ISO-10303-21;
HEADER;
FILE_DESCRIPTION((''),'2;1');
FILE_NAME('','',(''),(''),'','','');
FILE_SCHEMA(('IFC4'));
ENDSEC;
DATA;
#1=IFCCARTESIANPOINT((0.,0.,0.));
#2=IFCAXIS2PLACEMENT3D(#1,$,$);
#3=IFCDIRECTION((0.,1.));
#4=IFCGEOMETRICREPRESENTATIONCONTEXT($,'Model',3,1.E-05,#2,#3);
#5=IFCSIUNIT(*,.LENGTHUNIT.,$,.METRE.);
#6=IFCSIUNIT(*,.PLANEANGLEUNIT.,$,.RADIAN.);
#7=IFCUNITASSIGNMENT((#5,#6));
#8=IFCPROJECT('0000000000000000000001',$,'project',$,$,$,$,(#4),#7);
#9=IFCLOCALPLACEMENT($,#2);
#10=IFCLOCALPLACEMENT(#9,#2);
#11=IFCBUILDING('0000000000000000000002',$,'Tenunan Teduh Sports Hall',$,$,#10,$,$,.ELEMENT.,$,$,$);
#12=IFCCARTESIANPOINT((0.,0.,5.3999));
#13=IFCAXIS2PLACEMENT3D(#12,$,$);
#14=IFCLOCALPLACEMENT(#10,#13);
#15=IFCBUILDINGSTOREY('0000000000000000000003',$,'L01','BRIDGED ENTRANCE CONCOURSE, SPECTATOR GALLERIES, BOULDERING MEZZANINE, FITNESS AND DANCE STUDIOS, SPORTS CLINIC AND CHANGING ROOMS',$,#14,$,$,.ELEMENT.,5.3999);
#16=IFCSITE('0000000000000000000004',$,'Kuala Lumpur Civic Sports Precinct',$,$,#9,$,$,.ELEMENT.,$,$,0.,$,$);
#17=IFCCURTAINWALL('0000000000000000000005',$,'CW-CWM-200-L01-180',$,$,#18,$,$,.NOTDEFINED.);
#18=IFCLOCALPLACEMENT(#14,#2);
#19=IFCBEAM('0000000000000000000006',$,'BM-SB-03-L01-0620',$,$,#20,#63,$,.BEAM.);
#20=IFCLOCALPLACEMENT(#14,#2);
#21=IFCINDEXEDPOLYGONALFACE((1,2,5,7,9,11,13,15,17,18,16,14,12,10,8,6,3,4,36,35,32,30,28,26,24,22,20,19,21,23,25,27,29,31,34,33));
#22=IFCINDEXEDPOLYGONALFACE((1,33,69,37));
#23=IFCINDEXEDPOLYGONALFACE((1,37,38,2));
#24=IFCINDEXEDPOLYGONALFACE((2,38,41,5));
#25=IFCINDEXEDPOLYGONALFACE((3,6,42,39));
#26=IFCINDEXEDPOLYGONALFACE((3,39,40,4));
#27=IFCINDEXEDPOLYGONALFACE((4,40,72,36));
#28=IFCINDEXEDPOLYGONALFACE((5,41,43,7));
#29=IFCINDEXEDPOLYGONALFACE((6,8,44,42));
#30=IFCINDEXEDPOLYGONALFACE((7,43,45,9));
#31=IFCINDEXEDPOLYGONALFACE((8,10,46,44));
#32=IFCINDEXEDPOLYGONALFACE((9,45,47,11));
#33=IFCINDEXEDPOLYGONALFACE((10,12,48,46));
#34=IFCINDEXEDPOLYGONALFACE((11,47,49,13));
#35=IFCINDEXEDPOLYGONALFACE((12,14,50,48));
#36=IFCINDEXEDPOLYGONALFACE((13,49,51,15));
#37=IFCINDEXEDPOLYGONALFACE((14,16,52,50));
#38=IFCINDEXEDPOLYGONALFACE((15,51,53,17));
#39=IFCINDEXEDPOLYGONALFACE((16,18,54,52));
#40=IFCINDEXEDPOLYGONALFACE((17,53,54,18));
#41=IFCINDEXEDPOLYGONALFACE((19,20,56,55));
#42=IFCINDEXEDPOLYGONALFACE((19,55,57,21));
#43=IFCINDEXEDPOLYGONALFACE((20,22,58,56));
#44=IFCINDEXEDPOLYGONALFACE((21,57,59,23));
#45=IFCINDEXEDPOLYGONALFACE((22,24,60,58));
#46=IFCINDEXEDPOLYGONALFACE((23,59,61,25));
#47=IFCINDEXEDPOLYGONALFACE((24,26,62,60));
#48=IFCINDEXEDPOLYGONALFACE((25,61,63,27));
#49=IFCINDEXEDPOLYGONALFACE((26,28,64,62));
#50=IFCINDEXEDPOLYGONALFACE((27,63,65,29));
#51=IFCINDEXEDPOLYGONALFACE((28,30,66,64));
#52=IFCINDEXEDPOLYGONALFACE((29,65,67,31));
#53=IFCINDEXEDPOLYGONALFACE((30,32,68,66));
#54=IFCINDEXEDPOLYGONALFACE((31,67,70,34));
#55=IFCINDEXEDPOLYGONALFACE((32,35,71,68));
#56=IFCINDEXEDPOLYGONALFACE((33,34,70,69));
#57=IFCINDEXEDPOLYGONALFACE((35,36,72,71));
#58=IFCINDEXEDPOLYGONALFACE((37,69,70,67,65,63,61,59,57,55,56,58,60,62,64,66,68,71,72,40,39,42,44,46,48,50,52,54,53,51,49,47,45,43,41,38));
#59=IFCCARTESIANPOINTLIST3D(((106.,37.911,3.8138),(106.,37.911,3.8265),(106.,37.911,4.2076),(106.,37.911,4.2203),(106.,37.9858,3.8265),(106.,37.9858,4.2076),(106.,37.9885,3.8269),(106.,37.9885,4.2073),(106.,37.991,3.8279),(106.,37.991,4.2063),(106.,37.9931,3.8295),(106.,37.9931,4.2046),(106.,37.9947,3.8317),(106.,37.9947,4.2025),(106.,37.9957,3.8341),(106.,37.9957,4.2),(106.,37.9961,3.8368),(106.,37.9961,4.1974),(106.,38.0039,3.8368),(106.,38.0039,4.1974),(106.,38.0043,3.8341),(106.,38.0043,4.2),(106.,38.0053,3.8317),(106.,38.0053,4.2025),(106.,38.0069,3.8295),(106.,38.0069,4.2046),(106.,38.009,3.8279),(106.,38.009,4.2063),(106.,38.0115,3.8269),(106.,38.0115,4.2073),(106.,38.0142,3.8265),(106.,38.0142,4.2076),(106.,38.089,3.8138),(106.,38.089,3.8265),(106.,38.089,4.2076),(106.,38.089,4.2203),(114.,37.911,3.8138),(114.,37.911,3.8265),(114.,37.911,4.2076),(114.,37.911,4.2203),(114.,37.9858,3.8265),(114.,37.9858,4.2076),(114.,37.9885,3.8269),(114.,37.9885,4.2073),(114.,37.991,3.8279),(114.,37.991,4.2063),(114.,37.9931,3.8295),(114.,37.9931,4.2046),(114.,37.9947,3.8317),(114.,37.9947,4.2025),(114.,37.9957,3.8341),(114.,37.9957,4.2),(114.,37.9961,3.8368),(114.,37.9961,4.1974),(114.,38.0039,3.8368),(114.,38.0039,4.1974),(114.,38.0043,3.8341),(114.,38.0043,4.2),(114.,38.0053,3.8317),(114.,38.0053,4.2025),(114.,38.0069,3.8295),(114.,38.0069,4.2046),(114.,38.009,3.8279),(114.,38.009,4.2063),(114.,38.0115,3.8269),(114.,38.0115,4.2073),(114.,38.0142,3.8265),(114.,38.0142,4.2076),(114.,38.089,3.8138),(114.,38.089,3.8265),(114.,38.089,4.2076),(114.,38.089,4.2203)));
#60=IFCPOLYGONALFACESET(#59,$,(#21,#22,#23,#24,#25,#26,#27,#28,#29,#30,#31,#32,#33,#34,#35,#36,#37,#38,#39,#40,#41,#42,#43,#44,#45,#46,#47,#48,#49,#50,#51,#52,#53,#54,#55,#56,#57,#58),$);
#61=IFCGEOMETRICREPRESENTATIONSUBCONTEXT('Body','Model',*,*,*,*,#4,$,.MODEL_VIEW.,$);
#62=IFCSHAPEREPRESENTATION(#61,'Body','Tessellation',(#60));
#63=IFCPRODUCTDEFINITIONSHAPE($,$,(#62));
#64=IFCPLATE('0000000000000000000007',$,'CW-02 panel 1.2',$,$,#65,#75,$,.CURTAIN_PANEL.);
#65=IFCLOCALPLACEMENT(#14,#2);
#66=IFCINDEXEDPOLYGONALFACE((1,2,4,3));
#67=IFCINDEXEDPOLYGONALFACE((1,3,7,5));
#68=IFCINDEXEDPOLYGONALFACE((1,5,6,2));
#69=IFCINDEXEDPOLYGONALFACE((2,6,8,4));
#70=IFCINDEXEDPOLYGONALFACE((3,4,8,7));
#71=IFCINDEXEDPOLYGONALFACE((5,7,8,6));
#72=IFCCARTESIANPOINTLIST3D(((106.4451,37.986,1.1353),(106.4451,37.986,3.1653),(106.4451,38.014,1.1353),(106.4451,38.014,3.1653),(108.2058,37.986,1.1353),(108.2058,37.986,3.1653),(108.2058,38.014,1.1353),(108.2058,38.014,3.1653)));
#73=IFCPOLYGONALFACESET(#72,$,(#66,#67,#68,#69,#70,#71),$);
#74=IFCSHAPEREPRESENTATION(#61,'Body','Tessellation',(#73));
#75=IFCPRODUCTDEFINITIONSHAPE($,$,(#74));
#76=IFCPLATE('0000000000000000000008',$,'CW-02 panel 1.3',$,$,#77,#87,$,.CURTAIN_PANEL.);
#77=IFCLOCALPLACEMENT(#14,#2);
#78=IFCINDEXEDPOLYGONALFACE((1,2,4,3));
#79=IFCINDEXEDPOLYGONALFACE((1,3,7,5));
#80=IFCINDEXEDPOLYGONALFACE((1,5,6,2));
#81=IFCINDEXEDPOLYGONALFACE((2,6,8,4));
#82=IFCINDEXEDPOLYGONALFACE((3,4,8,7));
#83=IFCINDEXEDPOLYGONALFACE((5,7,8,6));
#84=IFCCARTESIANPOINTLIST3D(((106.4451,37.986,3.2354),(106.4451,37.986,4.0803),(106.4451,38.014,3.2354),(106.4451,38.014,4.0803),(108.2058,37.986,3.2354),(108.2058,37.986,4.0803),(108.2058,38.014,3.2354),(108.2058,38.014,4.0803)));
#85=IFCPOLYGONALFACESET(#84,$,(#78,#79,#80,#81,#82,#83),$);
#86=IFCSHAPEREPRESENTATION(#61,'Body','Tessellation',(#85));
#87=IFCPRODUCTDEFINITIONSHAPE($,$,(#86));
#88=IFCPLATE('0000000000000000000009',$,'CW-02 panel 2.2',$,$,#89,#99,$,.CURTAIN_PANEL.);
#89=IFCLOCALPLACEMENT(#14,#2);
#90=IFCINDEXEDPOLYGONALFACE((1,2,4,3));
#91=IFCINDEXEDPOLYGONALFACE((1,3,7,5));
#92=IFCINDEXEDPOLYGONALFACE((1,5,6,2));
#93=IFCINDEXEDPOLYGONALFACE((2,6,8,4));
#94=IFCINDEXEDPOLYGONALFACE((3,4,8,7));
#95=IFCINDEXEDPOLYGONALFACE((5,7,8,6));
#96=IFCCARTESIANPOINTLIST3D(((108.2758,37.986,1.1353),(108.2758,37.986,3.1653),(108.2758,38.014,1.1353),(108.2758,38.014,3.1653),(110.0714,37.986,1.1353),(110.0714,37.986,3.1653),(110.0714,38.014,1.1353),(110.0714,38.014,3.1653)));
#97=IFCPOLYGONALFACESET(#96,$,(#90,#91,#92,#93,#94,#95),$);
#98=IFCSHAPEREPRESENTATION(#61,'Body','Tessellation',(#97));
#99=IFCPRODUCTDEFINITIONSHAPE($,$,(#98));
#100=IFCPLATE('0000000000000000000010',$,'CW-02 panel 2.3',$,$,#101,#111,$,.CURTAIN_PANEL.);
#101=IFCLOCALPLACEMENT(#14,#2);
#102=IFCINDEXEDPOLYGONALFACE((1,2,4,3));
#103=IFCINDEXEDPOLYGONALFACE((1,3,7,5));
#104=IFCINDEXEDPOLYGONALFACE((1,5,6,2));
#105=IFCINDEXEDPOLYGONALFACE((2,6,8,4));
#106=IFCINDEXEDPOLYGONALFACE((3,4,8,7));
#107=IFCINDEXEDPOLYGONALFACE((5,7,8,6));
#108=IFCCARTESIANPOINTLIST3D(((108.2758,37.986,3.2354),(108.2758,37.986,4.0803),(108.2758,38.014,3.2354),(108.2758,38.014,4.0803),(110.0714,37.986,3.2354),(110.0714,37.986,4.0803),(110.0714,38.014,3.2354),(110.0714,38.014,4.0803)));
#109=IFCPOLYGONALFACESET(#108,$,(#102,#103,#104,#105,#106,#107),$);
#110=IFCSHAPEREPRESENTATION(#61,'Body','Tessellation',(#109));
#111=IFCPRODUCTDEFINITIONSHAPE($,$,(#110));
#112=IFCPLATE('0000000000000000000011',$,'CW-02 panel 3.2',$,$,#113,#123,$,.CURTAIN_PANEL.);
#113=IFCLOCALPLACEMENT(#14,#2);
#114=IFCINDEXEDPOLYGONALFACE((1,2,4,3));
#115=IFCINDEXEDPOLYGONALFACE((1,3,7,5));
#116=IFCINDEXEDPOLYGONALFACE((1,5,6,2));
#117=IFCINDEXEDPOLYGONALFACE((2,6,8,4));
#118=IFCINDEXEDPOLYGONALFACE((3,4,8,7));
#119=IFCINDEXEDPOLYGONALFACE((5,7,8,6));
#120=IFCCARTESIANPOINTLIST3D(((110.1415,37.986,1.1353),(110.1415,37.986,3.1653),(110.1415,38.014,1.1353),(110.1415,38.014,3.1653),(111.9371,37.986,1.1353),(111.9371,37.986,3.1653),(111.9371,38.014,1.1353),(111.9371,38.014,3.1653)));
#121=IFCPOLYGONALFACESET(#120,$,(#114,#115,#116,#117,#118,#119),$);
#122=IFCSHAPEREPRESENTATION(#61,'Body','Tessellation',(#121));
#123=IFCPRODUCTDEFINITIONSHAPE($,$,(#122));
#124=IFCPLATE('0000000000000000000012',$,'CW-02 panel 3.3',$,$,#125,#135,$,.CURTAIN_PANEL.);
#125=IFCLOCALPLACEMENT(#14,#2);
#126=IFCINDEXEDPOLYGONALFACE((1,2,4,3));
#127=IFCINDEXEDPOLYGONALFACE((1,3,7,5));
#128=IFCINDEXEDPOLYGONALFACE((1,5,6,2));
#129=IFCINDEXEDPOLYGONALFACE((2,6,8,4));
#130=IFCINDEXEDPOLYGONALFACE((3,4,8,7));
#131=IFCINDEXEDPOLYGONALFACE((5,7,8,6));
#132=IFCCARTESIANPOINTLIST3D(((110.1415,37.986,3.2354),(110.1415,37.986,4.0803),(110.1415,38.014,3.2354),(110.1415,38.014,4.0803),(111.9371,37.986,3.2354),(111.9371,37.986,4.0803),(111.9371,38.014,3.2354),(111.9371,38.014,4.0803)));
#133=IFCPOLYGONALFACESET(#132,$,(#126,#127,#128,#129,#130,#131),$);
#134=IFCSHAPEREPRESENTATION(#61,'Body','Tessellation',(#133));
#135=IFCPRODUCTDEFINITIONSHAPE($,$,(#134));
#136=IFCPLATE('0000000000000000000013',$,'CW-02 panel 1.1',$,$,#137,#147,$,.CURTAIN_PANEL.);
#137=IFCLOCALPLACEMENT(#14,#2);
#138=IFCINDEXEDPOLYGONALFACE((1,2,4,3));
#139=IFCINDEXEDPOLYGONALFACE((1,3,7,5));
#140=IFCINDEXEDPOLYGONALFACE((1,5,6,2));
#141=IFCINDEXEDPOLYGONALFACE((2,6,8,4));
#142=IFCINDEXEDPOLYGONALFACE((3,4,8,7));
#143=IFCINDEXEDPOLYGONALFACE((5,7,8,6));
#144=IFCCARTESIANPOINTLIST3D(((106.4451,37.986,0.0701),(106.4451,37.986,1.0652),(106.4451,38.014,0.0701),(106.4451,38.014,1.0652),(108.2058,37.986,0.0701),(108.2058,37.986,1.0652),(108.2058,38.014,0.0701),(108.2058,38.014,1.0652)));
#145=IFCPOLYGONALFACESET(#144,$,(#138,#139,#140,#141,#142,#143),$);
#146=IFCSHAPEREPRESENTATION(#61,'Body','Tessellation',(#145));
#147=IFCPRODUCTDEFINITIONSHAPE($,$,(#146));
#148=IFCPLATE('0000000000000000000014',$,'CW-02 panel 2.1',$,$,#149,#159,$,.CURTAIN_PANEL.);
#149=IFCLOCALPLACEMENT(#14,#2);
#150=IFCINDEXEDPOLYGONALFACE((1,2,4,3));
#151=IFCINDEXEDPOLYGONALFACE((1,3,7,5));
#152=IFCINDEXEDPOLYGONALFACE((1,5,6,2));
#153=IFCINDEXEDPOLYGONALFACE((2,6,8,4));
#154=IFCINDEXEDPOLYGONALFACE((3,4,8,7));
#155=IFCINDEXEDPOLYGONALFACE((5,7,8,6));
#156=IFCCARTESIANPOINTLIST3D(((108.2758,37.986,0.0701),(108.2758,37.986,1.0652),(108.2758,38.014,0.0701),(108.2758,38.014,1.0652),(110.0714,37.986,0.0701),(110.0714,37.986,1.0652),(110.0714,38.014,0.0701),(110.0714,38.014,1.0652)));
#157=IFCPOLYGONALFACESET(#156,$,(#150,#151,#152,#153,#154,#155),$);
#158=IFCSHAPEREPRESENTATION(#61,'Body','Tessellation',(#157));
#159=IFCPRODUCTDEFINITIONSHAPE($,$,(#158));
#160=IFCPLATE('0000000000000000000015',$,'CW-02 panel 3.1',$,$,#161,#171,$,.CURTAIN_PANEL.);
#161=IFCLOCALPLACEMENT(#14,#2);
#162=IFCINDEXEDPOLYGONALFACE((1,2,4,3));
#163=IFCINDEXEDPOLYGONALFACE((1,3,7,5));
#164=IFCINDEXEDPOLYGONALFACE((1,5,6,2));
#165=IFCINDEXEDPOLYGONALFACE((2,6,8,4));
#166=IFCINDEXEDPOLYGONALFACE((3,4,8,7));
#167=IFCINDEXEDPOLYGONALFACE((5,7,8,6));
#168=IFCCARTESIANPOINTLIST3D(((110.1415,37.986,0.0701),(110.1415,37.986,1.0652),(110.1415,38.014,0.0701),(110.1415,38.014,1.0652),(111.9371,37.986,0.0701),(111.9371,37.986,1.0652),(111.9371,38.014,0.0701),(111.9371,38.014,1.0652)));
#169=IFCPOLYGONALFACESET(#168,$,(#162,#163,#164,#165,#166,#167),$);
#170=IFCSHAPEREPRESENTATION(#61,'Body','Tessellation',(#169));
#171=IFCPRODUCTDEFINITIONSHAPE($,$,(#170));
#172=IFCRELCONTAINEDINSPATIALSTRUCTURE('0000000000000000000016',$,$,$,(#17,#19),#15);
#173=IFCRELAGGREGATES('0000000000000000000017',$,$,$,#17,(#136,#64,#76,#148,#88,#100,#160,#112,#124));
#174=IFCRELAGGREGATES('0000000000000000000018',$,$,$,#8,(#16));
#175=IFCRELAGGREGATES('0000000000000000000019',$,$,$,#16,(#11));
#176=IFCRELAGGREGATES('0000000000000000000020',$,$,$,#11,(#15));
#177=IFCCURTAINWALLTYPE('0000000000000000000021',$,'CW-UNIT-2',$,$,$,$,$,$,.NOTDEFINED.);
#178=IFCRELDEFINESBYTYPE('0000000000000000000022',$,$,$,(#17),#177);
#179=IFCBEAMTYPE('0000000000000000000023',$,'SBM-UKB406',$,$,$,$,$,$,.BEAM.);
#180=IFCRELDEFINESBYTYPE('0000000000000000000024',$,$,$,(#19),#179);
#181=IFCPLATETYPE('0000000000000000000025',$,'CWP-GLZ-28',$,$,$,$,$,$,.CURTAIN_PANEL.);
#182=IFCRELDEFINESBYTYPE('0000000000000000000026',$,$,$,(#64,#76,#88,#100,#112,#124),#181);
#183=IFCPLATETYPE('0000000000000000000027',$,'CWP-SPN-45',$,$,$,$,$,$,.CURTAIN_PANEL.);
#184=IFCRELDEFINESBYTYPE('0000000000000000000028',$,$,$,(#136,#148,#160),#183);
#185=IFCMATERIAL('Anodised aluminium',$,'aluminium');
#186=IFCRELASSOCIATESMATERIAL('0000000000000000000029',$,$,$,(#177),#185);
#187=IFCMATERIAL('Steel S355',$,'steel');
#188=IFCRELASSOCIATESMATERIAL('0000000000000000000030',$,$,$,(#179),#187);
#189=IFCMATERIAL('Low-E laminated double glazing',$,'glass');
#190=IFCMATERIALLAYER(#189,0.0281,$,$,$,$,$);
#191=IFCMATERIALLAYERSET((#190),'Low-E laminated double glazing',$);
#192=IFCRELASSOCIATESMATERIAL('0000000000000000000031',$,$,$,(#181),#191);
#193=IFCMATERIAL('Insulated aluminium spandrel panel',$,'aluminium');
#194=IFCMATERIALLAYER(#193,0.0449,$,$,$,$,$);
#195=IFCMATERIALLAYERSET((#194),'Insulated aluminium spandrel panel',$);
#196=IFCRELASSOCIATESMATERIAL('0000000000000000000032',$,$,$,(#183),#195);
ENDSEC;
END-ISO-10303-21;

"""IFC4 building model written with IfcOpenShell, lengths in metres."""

from ifc_helpers import new_model, si_unit, direction, frame, origin, origin_2d, place, context, subcontext, project, spatial, rectangle, i_section, extrude, material, layer, layer_set, material_profile, profile_set, type_object, element, aggregate, save


model = new_model("IFC4")

# Units and contexts
model_context = context("Model", 3, precision=1e-05, world=origin(), true_north=direction((0.0, 1.0)))
body_context = subcontext(model_context, "Body", "Model", "MODEL_VIEW")
ifc_project = project(units=[si_unit("LENGTHUNIT", "METRE"), si_unit("PLANEANGLEUNIT", "RADIAN")], contexts=[model_context])

# Site, building, storey
site_placement = place(None, origin())
site = spatial("IfcSite", under=ifc_project, at=site_placement, Name="Kuala Lumpur Civic Sports Precinct", CompositionType="ELEMENT", RefElevation=0.0)
building_placement = place(site_placement, origin())
building = spatial("IfcBuilding", under=site, at=building_placement, Name="Tenunan Teduh Sports Hall", CompositionType="ELEMENT")
storey_placement = place(building_placement, frame((0.0, 0.0, 5.3999)))
storey = spatial("IfcBuildingStorey", under=building, at=storey_placement, Name="L01", Description="BRIDGED ENTRANCE CONCOURSE, SPECTATOR GALLERIES, BOULDERING MEZZANINE, FITNESS AND DANCE STUDIOS, SPORTS CLINIC AND CHANGING ROOMS", CompositionType="ELEMENT", Elevation=5.3999)

# Curtain wall
ifc_material_1 = material(Name="Anodised aluminium", Category="aluminium")
curtain_wall_type_1 = type_object("IfcCurtainWallType", Name="CW-UNIT-2", PredefinedType="NOTDEFINED", material=ifc_material_1)
curtain_wall_1_placement = place(storey_placement, origin())
curtain_wall_1 = element("IfcCurtainWall", 1, at=curtain_wall_1_placement, inside=storey, type_object=curtain_wall_type_1, Name="CW-CWM-200-L01-180", PredefinedType="NOTDEFINED")

# Beam
ifc_material_2 = material(Name="Steel S355", Category="steel")
ifc_material_profile_1 = material_profile(ifc_material_2, i_section(OverallWidth=0.178, OverallDepth=0.4065, WebThickness=0.0078, FlangeThickness=0.0127, FilletRadius=0.0103, at=origin_2d()), Name="UKB 406x178x60")
ifc_profile_set_1 = profile_set([ifc_material_profile_1], Name="Steel S355")
beam_type_1 = type_object("IfcBeamType", Name="SBM-UKB406", PredefinedType="BEAM", material=ifc_profile_set_1)
beam_1_placement = place(storey_placement, frame((106.0, 38.0, 4.0171), z_axis=(1.0, 0.0, 0.0), x_axis=(0.0, 1.0, 0.0)))
element("IfcBeam", 2, at=beam_1_placement, inside=storey, type_object=beam_type_1, Name="BM-SB-03-L01-0620", PredefinedType="BEAM", context=body_context, shape_type="SweptSolid", body=[
    extrude(i_section(OverallWidth=0.178, OverallDepth=0.4065, WebThickness=0.0078, FlangeThickness=0.0127, FilletRadius=0.0103, at=origin_2d()), origin(), (0.0, 0.0, 1.0), 8.0),
])

# Plates
ifc_material_3 = material(Name="Low-E laminated double glazing", Category="glass")
ifc_layer_1 = layer(ifc_material_3, 0.0281)
ifc_layer_set_1 = layer_set([ifc_layer_1], Name="Low-E laminated double glazing")
plate_type_1 = type_object("IfcPlateType", Name="CWP-GLZ-28", PredefinedType="CURTAIN_PANEL", material=ifc_layer_set_1)
plate_1_placement = place(storey_placement, frame((107.3254, 38.0, 1.1353), z_axis=(0.0, 0.0, 1.0), x_axis=(1.0, 0.0, 0.0)))
plate_1 = element("IfcPlate", 3, at=plate_1_placement, type_object=plate_type_1, Name="CW-02 panel 1.2", PredefinedType="CURTAIN_PANEL", context=body_context, shape_type="SweptSolid", body=[
    extrude(rectangle(XDim=1.7607, YDim=0.0281, at=origin_2d()), origin(), (0.0, 0.0, 1.0), 2.03),
])
plate_2_placement = place(storey_placement, frame((107.3254, 38.0, 3.2354), z_axis=(0.0, 0.0, 1.0), x_axis=(1.0, 0.0, 0.0)))
plate_2 = element("IfcPlate", 4, at=plate_2_placement, type_object=plate_type_1, Name="CW-02 panel 1.3", PredefinedType="CURTAIN_PANEL", context=body_context, shape_type="SweptSolid", body=[
    extrude(rectangle(XDim=1.7607, YDim=0.0281, at=origin_2d()), origin(), (0.0, 0.0, 1.0), 0.845),
])
plate_3_placement = place(storey_placement, frame((109.1736, 38.0, 1.1353), z_axis=(0.0, 0.0, 1.0), x_axis=(1.0, 0.0, 0.0)))
plate_3 = element("IfcPlate", 5, at=plate_3_placement, type_object=plate_type_1, Name="CW-02 panel 2.2", PredefinedType="CURTAIN_PANEL", context=body_context, shape_type="SweptSolid", body=[
    extrude(rectangle(XDim=1.7957, YDim=0.0281, at=origin_2d()), origin(), (0.0, 0.0, 1.0), 2.03),
])
plate_4_placement = place(storey_placement, frame((109.1736, 38.0, 3.2354), z_axis=(0.0, 0.0, 1.0), x_axis=(1.0, 0.0, 0.0)))
plate_4 = element("IfcPlate", 6, at=plate_4_placement, type_object=plate_type_1, Name="CW-02 panel 2.3", PredefinedType="CURTAIN_PANEL", context=body_context, shape_type="SweptSolid", body=[
    extrude(rectangle(XDim=1.7957, YDim=0.0281, at=origin_2d()), origin(), (0.0, 0.0, 1.0), 0.845),
])
plate_5_placement = place(storey_placement, frame((111.0393, 38.0, 1.1353), z_axis=(0.0, 0.0, 1.0), x_axis=(1.0, 0.0, 0.0)))
plate_5 = element("IfcPlate", 7, at=plate_5_placement, type_object=plate_type_1, Name="CW-02 panel 3.2", PredefinedType="CURTAIN_PANEL", context=body_context, shape_type="SweptSolid", body=[
    extrude(rectangle(XDim=1.7957, YDim=0.0281, at=origin_2d()), origin(), (0.0, 0.0, 1.0), 2.03),
])
plate_6_placement = place(storey_placement, frame((111.0393, 38.0, 3.2354), z_axis=(0.0, 0.0, 1.0), x_axis=(1.0, 0.0, 0.0)))
plate_6 = element("IfcPlate", 8, at=plate_6_placement, type_object=plate_type_1, Name="CW-02 panel 3.3", PredefinedType="CURTAIN_PANEL", context=body_context, shape_type="SweptSolid", body=[
    extrude(rectangle(XDim=1.7957, YDim=0.0281, at=origin_2d()), origin(), (0.0, 0.0, 1.0), 0.845),
])
ifc_material_4 = material(Name="Insulated aluminium spandrel panel", Category="aluminium")
ifc_layer_2 = layer(ifc_material_4, 0.0449)
ifc_layer_set_2 = layer_set([ifc_layer_2], Name="Insulated aluminium spandrel panel")
plate_type_2 = type_object("IfcPlateType", Name="CWP-SPN-45", PredefinedType="CURTAIN_PANEL", material=ifc_layer_set_2)
plate_7_placement = place(storey_placement, frame((107.3254, 38.0, 0.0701), z_axis=(0.0, 0.0, 1.0), x_axis=(1.0, 0.0, 0.0)))
plate_7 = element("IfcPlate", 9, at=plate_7_placement, type_object=plate_type_2, Name="CW-02 panel 1.1", PredefinedType="CURTAIN_PANEL", context=body_context, shape_type="SweptSolid", body=[
    extrude(rectangle(XDim=1.7607, YDim=0.0281, at=origin_2d()), origin(), (0.0, 0.0, 1.0), 0.9951),
])
plate_8_placement = place(storey_placement, frame((109.1736, 38.0, 0.0701), z_axis=(0.0, 0.0, 1.0), x_axis=(1.0, 0.0, 0.0)))
plate_8 = element("IfcPlate", 10, at=plate_8_placement, type_object=plate_type_2, Name="CW-02 panel 2.1", PredefinedType="CURTAIN_PANEL", context=body_context, shape_type="SweptSolid", body=[
    extrude(rectangle(XDim=1.7957, YDim=0.0281, at=origin_2d()), origin(), (0.0, 0.0, 1.0), 0.9951),
])
plate_9_placement = place(storey_placement, frame((111.0393, 38.0, 0.0701), z_axis=(0.0, 0.0, 1.0), x_axis=(1.0, 0.0, 0.0)))
plate_9 = element("IfcPlate", 11, at=plate_9_placement, type_object=plate_type_2, Name="CW-02 panel 3.1", PredefinedType="CURTAIN_PANEL", context=body_context, shape_type="SweptSolid", body=[
    extrude(rectangle(XDim=1.7957, YDim=0.0281, at=origin_2d()), origin(), (0.0, 0.0, 1.0), 0.9951),
])
aggregate(curtain_wall_1, [plate_7, plate_1, plate_2, plate_8, plate_3, plate_4, plate_9, plate_5, plate_6])

save(model, "model.ifc")
